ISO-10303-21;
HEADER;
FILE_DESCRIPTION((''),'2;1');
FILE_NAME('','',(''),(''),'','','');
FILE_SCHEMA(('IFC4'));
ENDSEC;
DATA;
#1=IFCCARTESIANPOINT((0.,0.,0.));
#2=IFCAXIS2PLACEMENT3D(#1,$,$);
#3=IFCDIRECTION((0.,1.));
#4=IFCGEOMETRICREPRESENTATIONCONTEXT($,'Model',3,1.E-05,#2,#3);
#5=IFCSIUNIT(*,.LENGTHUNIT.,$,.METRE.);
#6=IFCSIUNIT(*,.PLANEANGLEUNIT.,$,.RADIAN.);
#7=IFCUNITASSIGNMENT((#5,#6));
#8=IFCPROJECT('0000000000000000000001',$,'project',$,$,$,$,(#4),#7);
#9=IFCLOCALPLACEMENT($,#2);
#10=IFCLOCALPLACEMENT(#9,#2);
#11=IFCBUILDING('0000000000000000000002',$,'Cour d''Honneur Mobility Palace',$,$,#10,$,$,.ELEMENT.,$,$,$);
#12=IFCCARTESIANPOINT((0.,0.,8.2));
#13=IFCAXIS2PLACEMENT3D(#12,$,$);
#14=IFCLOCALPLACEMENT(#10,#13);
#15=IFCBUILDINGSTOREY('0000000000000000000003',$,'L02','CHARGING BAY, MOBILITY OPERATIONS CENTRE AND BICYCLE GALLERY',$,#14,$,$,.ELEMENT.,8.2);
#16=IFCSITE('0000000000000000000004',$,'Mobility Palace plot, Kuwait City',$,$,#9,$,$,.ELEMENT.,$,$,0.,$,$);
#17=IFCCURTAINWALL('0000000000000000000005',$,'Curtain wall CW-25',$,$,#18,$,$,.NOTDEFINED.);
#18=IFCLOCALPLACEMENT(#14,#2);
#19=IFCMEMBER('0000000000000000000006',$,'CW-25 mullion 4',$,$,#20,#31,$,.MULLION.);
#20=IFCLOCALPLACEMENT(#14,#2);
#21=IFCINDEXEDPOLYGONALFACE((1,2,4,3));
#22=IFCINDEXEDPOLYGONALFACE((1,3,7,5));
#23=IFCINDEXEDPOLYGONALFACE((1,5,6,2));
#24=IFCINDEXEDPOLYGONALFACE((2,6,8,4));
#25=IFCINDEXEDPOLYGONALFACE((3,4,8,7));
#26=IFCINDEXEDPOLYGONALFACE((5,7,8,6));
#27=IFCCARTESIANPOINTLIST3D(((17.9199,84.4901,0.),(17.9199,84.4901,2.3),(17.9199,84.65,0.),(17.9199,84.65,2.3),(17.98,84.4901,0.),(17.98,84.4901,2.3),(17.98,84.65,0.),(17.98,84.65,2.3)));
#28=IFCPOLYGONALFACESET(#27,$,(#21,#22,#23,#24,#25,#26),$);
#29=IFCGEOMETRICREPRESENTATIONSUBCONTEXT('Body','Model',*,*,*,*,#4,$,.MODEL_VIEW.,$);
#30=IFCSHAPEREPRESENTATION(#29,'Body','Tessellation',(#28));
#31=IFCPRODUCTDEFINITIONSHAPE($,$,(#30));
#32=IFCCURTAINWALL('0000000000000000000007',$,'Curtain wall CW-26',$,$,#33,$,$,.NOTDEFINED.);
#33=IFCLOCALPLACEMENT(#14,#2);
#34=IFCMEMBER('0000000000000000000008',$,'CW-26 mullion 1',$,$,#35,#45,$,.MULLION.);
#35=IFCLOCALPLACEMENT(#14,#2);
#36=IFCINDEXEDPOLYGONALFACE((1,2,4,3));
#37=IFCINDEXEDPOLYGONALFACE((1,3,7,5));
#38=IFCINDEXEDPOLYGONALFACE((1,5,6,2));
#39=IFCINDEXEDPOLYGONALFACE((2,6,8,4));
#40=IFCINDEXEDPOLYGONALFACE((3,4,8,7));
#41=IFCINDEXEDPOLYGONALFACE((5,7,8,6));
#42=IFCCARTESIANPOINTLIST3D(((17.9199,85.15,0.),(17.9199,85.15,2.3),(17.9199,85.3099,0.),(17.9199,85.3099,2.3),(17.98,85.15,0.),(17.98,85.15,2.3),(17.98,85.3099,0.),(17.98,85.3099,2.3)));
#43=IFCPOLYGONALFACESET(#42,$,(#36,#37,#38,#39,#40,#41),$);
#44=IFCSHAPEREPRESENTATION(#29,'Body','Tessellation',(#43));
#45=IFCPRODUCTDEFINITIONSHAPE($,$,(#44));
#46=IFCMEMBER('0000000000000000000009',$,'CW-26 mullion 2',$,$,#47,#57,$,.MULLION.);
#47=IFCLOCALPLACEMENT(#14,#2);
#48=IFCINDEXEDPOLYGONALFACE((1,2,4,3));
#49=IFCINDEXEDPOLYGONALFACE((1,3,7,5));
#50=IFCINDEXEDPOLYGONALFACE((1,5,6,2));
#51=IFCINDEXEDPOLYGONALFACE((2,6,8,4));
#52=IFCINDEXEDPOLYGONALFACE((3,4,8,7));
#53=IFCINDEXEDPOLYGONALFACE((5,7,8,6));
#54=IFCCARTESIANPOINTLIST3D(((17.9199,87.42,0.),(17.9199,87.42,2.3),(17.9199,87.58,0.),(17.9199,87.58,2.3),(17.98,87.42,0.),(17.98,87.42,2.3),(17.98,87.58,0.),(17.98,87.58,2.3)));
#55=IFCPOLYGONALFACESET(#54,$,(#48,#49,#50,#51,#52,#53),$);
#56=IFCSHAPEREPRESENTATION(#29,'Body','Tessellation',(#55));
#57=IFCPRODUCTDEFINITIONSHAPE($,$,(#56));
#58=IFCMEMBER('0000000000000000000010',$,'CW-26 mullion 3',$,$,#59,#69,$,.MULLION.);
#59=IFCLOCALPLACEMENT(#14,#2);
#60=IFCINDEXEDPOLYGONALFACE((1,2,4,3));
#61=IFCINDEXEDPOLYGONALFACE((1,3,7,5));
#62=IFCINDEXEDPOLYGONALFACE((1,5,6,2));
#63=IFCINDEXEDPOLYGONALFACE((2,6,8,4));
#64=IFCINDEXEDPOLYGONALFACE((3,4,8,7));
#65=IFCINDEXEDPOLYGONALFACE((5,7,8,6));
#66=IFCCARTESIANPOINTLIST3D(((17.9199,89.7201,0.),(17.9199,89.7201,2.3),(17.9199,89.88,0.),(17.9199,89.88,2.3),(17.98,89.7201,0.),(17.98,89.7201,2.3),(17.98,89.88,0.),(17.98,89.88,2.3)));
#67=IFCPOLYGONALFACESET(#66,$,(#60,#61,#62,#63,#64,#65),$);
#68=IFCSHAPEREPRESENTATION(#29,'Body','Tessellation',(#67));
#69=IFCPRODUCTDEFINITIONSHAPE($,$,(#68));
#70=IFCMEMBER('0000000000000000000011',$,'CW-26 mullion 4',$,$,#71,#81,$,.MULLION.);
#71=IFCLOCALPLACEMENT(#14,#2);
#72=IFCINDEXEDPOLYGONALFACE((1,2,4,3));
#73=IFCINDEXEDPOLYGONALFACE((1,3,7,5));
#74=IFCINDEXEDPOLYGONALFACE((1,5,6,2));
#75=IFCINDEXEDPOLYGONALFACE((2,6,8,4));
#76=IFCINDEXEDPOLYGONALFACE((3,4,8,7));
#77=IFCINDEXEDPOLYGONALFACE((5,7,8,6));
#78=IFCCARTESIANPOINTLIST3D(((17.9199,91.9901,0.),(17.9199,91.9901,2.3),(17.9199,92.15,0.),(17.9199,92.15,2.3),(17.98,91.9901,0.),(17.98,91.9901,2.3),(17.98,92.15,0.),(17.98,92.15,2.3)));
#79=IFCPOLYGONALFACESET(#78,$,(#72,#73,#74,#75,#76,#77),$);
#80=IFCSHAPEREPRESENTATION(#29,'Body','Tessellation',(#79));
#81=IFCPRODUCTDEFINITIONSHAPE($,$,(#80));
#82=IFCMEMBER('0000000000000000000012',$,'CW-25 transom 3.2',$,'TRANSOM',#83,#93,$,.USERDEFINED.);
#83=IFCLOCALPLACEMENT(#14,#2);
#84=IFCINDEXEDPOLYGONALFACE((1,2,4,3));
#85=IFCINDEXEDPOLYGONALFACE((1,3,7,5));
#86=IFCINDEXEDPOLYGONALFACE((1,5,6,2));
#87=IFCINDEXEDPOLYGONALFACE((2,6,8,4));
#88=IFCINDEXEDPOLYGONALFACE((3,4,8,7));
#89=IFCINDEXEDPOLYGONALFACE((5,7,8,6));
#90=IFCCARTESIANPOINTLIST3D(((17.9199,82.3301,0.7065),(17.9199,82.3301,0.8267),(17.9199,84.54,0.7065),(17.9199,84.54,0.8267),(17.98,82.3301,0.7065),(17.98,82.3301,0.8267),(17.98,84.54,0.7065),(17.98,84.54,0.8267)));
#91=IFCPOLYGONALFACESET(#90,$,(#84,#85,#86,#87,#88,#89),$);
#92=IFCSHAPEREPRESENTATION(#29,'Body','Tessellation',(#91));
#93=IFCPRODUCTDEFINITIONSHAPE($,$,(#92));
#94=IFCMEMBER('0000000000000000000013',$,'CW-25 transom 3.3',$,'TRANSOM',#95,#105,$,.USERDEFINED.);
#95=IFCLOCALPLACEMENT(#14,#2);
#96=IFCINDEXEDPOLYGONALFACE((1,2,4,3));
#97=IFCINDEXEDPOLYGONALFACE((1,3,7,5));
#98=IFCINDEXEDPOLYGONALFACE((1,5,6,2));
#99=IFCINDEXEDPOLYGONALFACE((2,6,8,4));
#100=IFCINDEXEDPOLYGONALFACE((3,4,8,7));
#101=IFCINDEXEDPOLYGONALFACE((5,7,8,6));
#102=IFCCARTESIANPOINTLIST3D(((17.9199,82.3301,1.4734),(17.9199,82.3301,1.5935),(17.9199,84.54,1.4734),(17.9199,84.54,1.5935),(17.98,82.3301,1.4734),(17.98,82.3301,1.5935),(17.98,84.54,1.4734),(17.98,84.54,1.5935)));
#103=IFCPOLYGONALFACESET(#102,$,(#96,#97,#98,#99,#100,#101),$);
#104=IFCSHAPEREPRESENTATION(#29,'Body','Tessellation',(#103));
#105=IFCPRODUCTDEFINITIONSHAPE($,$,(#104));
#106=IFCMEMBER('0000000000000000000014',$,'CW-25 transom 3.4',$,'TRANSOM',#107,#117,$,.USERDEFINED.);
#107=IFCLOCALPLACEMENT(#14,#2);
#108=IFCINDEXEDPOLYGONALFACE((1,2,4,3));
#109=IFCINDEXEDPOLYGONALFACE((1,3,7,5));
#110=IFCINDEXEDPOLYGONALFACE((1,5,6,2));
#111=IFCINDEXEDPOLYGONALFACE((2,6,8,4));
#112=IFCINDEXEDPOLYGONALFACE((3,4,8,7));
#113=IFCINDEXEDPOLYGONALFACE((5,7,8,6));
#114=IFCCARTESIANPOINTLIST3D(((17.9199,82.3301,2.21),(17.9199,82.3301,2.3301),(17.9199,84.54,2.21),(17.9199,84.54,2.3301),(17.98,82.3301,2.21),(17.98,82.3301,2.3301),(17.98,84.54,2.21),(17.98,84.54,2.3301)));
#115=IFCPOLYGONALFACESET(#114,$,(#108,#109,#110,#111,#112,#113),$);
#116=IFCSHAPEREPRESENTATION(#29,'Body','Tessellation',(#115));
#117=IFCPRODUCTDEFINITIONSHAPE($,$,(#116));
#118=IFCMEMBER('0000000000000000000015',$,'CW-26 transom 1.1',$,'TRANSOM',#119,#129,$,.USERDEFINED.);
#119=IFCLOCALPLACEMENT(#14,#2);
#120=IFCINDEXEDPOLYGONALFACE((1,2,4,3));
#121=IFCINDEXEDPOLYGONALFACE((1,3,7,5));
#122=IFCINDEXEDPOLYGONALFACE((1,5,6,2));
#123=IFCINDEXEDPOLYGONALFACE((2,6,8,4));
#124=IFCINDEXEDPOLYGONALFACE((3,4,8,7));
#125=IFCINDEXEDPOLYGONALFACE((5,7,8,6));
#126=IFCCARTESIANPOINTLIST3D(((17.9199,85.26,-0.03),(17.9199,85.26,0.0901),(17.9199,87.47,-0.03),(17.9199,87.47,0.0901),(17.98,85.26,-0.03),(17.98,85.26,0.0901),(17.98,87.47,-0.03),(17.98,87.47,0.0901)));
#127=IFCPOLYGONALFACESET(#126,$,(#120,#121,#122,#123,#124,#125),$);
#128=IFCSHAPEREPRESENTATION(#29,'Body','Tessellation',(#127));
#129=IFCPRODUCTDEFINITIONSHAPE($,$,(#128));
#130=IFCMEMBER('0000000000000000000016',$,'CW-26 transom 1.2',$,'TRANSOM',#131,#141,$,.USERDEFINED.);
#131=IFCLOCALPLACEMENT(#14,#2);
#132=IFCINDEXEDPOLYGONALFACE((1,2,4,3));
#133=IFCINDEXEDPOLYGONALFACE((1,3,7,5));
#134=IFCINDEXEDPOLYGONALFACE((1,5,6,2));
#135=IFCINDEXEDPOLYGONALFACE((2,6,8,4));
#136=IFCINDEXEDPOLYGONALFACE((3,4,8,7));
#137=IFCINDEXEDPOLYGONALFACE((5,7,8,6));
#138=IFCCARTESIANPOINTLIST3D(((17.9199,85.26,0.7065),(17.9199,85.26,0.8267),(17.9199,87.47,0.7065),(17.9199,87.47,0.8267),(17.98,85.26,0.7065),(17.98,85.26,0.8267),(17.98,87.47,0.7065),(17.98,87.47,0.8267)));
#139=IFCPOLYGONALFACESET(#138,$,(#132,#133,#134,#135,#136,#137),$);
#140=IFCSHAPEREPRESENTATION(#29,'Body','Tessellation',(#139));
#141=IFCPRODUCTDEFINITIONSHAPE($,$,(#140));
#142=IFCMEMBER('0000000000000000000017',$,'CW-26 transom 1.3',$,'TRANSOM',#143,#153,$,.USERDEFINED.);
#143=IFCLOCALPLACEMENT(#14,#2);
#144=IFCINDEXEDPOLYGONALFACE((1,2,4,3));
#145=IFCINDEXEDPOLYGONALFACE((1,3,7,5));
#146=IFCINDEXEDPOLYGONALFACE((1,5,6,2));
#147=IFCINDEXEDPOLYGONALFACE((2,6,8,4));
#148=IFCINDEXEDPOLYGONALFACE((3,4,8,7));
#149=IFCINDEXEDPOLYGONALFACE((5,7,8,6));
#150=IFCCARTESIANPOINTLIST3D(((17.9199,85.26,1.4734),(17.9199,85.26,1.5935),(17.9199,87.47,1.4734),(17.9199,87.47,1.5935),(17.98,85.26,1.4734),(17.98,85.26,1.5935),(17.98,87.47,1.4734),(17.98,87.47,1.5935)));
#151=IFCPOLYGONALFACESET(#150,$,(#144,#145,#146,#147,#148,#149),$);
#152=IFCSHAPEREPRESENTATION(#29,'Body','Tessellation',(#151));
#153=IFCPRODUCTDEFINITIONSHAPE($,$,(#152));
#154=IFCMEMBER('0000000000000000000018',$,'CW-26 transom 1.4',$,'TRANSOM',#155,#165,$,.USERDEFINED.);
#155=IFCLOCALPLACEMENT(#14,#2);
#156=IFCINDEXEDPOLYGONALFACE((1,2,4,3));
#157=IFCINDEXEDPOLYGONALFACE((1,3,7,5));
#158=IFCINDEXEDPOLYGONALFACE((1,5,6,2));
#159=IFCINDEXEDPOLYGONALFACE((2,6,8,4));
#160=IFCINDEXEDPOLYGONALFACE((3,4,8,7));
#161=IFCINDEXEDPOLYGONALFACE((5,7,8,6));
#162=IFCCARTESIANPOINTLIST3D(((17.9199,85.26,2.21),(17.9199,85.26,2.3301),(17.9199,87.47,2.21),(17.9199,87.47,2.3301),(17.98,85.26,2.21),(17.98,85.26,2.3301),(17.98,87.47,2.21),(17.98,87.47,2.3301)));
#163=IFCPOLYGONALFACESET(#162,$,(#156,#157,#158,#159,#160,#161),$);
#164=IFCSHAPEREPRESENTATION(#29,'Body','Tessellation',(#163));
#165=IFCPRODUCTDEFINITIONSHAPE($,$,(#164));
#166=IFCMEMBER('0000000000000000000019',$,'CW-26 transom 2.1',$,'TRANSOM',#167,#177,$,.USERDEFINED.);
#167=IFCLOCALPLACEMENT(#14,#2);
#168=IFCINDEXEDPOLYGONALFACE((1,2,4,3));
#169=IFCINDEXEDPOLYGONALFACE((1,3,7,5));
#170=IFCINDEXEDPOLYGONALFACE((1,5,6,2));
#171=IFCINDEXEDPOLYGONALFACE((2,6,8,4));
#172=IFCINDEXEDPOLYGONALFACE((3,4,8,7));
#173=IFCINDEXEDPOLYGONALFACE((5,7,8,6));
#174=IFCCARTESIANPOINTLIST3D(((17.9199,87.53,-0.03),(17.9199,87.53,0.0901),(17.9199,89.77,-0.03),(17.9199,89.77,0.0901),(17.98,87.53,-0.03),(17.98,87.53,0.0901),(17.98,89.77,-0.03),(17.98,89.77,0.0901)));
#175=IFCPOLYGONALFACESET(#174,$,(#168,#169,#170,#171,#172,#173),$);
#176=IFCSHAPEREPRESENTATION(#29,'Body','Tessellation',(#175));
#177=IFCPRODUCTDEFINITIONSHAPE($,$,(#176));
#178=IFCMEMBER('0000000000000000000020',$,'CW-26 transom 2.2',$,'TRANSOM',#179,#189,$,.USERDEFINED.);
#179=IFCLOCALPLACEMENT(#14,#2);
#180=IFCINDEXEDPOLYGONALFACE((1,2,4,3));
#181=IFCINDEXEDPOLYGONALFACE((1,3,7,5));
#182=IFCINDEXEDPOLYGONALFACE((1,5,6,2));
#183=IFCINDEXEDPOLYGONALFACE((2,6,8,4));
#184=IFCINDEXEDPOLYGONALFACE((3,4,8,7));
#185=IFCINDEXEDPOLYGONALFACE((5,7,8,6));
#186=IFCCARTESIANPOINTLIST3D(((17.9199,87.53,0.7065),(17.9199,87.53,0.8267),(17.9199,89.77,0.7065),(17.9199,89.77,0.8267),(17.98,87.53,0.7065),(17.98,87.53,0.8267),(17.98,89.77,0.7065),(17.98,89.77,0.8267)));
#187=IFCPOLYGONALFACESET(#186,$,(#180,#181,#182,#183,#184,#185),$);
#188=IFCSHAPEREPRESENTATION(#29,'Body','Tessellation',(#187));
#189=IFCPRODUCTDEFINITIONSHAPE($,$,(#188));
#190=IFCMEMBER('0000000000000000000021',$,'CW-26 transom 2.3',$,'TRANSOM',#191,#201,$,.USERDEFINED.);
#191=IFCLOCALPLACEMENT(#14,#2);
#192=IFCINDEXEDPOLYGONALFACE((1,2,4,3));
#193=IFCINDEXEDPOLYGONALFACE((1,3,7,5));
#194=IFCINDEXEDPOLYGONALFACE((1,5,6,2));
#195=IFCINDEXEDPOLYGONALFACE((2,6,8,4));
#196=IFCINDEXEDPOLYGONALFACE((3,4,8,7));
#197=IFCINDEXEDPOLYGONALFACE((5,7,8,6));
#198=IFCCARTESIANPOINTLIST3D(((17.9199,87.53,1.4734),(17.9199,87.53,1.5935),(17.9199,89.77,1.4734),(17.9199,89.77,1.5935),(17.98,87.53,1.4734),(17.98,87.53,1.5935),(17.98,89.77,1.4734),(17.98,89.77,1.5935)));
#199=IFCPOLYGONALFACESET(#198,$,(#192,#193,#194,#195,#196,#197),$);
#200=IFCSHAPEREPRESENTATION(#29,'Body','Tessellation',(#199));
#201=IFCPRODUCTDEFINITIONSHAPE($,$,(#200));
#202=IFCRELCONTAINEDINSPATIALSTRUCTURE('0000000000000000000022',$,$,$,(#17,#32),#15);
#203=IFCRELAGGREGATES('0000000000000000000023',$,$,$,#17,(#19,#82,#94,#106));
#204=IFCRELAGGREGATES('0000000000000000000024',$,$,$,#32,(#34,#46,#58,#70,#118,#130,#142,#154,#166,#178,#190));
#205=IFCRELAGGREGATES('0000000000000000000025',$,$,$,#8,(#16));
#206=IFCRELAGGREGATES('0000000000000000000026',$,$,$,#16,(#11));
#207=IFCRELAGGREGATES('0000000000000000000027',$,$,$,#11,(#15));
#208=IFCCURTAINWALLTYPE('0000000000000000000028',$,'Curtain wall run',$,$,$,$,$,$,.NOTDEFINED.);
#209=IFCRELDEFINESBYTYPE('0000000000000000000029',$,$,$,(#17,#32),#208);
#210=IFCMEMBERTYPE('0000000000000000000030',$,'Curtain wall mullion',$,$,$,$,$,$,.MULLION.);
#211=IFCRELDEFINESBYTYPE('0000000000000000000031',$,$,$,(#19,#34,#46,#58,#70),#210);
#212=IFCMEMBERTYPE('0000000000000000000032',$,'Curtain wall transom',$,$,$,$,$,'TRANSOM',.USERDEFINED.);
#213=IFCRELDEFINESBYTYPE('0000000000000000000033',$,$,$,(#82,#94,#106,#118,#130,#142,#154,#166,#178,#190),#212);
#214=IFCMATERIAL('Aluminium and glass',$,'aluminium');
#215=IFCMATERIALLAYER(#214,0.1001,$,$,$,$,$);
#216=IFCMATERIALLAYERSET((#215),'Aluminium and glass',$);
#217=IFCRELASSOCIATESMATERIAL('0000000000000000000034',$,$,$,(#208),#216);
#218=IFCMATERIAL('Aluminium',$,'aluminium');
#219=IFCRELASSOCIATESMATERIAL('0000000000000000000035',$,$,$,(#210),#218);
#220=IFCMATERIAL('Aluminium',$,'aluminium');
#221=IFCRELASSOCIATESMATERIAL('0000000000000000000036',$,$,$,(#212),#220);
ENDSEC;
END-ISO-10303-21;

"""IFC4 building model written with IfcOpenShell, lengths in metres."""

from ifc_helpers import new_model, si_unit, direction, frame, origin, origin_2d, place, context, subcontext, project, spatial, rectangle, extrude, material, layer, layer_set, material_profile, profile_set, type_object, element, aggregate, save


model = new_model("IFC4")

# Units and contexts
model_context = context("Model", 3, precision=1e-05, world=origin(), true_north=direction((0.0, 1.0)))
body_context = subcontext(model_context, "Body", "Model", "MODEL_VIEW")
ifc_project = project(units=[si_unit("LENGTHUNIT", "METRE"), si_unit("PLANEANGLEUNIT", "RADIAN")], contexts=[model_context])

# Site, building, storey
site_placement = place(None, origin())
site = spatial("IfcSite", under=ifc_project, at=site_placement, Name="Mobility Palace plot, Kuwait City", CompositionType="ELEMENT", RefElevation=0.0)
building_placement = place(site_placement, origin())
building = spatial("IfcBuilding", under=site, at=building_placement, Name="Cour d'Honneur Mobility Palace", CompositionType="ELEMENT")
storey_placement = place(building_placement, frame((0.0, 0.0, 8.2)))
storey = spatial("IfcBuildingStorey", under=building, at=storey_placement, Name="L02", Description="CHARGING BAY, MOBILITY OPERATIONS CENTRE AND BICYCLE GALLERY", CompositionType="ELEMENT", Elevation=8.2)

# Curtain wall, member
ifc_material_1 = material(Name="Aluminium and glass", Category="aluminium")
ifc_layer_1 = layer(ifc_material_1, 0.1001)
ifc_layer_set_1 = layer_set([ifc_layer_1], Name="Aluminium and glass")
curtain_wall_type = type_object("IfcCurtainWallType", Name="Curtain wall run", PredefinedType="NOTDEFINED", material=ifc_layer_set_1)
curtain_wall_1_placement = place(storey_placement, origin())
curtain_wall_1 = element("IfcCurtainWall", 1, at=curtain_wall_1_placement, inside=storey, type_object=curtain_wall_type, Name="Curtain wall CW-25", PredefinedType="NOTDEFINED")
ifc_material_2 = material(Name="Aluminium", Category="aluminium")
ifc_material_profile_1 = material_profile(ifc_material_2, rectangle(XDim=0.0601, YDim=0.1599, at=origin_2d()), Name="Curtain wall mullion")
ifc_profile_set_1 = profile_set([ifc_material_profile_1], Name="Aluminium")
member_type_1 = type_object("IfcMemberType", Name="Curtain wall mullion", PredefinedType="MULLION", material=ifc_profile_set_1)
member_1_placement = place(storey_placement, frame((17.95, 84.5701, 0.0), z_axis=(0.0, 0.0, 1.0), x_axis=(-1.0, 0.0, 0.0)))
member_1 = element("IfcMember", 2, at=member_1_placement, type_object=member_type_1, Name="CW-25 mullion 4", PredefinedType="MULLION", context=body_context, shape_type="SweptSolid", body=[
    extrude(rectangle(XDim=0.0601, YDim=0.1599, at=origin_2d()), origin(), (0.0, 0.0, 1.0), 2.3),
])

# Curtain wall, members
curtain_wall_2_placement = place(storey_placement, origin())
curtain_wall_2 = element("IfcCurtainWall", 3, at=curtain_wall_2_placement, inside=storey, type_object=curtain_wall_type, Name="Curtain wall CW-26", PredefinedType="NOTDEFINED")
member_2_placement = place(storey_placement, frame((17.95, 85.23, 0.0), z_axis=(0.0, 0.0, 1.0), x_axis=(-1.0, 0.0, 0.0)))
member_2 = element("IfcMember", 4, at=member_2_placement, type_object=member_type_1, Name="CW-26 mullion 1", PredefinedType="MULLION", context=body_context, shape_type="SweptSolid", body=[
    extrude(rectangle(XDim=0.0601, YDim=0.1599, at=origin_2d()), origin(), (0.0, 0.0, 1.0), 2.3),
])
member_3_placement = place(storey_placement, frame((17.95, 87.5, 0.0), z_axis=(0.0, 0.0, 1.0), x_axis=(-1.0, 0.0, 0.0)))
member_3 = element("IfcMember", 5, at=member_3_placement, type_object=member_type_1, Name="CW-26 mullion 2", PredefinedType="MULLION", context=body_context, shape_type="SweptSolid", body=[
    extrude(rectangle(XDim=0.0601, YDim=0.1599, at=origin_2d()), origin(), (0.0, 0.0, 1.0), 2.3),
])
member_4_placement = place(storey_placement, frame((17.95, 89.8, 0.0), z_axis=(0.0, 0.0, 1.0), x_axis=(-1.0, 0.0, 0.0)))
member_4 = element("IfcMember", 6, at=member_4_placement, type_object=member_type_1, Name="CW-26 mullion 3", PredefinedType="MULLION", context=body_context, shape_type="SweptSolid", body=[
    extrude(rectangle(XDim=0.0601, YDim=0.1599, at=origin_2d()), origin(), (0.0, 0.0, 1.0), 2.3),
])
member_5_placement = place(storey_placement, frame((17.95, 92.0701, 0.0), z_axis=(0.0, 0.0, 1.0), x_axis=(-1.0, 0.0, 0.0)))
member_5 = element("IfcMember", 7, at=member_5_placement, type_object=member_type_1, Name="CW-26 mullion 4", PredefinedType="MULLION", context=body_context, shape_type="SweptSolid", body=[
    extrude(rectangle(XDim=0.0601, YDim=0.1599, at=origin_2d()), origin(), (0.0, 0.0, 1.0), 2.3),
])

# Members
ifc_material_3 = material(Name="Aluminium", Category="aluminium")
ifc_material_profile_2 = material_profile(ifc_material_3, rectangle(XDim=0.0601, YDim=0.1201, at=origin_2d()), Name="Curtain wall transom")
ifc_profile_set_2 = profile_set([ifc_material_profile_2], Name="Aluminium")
member_type_2 = type_object("IfcMemberType", Name="Curtain wall transom", ElementType="TRANSOM", PredefinedType="USERDEFINED", material=ifc_profile_set_2)
member_6_placement = place(storey_placement, frame((17.95, 82.3301, 0.7666), z_axis=(0.0, 1.0, 0.0), x_axis=(-1.0, 0.0, 0.0)))
member_6 = element("IfcMember", 8, at=member_6_placement, type_object=member_type_2, Name="CW-25 transom 3.2", ObjectType="TRANSOM", PredefinedType="USERDEFINED", context=body_context, shape_type="SweptSolid", body=[
    extrude(rectangle(XDim=0.0601, YDim=0.1201, at=origin_2d()), origin(), (0.0, 0.0, 1.0), 2.21),
])
member_7_placement = place(storey_placement, frame((17.95, 82.3301, 1.5334), z_axis=(0.0, 1.0, 0.0), x_axis=(-1.0, 0.0, 0.0)))
member_7 = element("IfcMember", 9, at=member_7_placement, type_object=member_type_2, Name="CW-25 transom 3.3", ObjectType="TRANSOM", PredefinedType="USERDEFINED", context=body_context, shape_type="SweptSolid", body=[
    extrude(rectangle(XDim=0.0601, YDim=0.1201, at=origin_2d()), origin(), (0.0, 0.0, 1.0), 2.21),
])
member_8_placement = place(storey_placement, frame((17.95, 82.3301, 2.27), z_axis=(0.0, 1.0, 0.0), x_axis=(-1.0, 0.0, 0.0)))
member_8 = element("IfcMember", 10, at=member_8_placement, type_object=member_type_2, Name="CW-25 transom 3.4", ObjectType="TRANSOM", PredefinedType="USERDEFINED", context=body_context, shape_type="SweptSolid", body=[
    extrude(rectangle(XDim=0.0601, YDim=0.1201, at=origin_2d()), origin(), (0.0, 0.0, 1.0), 2.21),
])
member_9_placement = place(storey_placement, frame((17.95, 85.26, 0.03), z_axis=(0.0, 1.0, 0.0), x_axis=(-1.0, 0.0, 0.0)))
member_9 = element("IfcMember", 11, at=member_9_placement, type_object=member_type_2, Name="CW-26 transom 1.1", ObjectType="TRANSOM", PredefinedType="USERDEFINED", context=body_context, shape_type="SweptSolid", body=[
    extrude(rectangle(XDim=0.0601, YDim=0.1201, at=origin_2d()), origin(), (0.0, 0.0, 1.0), 2.21),
])
member_10_placement = place(storey_placement, frame((17.95, 85.26, 0.7666), z_axis=(0.0, 1.0, 0.0), x_axis=(-1.0, 0.0, 0.0)))
member_10 = element("IfcMember", 12, at=member_10_placement, type_object=member_type_2, Name="CW-26 transom 1.2", ObjectType="TRANSOM", PredefinedType="USERDEFINED", context=body_context, shape_type="SweptSolid", body=[
    extrude(rectangle(XDim=0.0601, YDim=0.1201, at=origin_2d()), origin(), (0.0, 0.0, 1.0), 2.21),
])
member_11_placement = place(storey_placement, frame((17.95, 85.26, 1.5334), z_axis=(0.0, 1.0, 0.0), x_axis=(-1.0, 0.0, 0.0)))
member_11 = element("IfcMember", 13, at=member_11_placement, type_object=member_type_2, Name="CW-26 transom 1.3", ObjectType="TRANSOM", PredefinedType="USERDEFINED", context=body_context, shape_type="SweptSolid", body=[
    extrude(rectangle(XDim=0.0601, YDim=0.1201, at=origin_2d()), origin(), (0.0, 0.0, 1.0), 2.21),
])
member_12_placement = place(storey_placement, frame((17.95, 85.26, 2.27), z_axis=(0.0, 1.0, 0.0), x_axis=(-1.0, 0.0, 0.0)))
member_12 = element("IfcMember", 14, at=member_12_placement, type_object=member_type_2, Name="CW-26 transom 1.4", ObjectType="TRANSOM", PredefinedType="USERDEFINED", context=body_context, shape_type="SweptSolid", body=[
    extrude(rectangle(XDim=0.0601, YDim=0.1201, at=origin_2d()), origin(), (0.0, 0.0, 1.0), 2.21),
])
member_13_placement = place(storey_placement, frame((17.95, 87.53, 0.03), z_axis=(0.0, 1.0, 0.0), x_axis=(-1.0, 0.0, 0.0)))
member_13 = element("IfcMember", 15, at=member_13_placement, type_object=member_type_2, Name="CW-26 transom 2.1", ObjectType="TRANSOM", PredefinedType="USERDEFINED", context=body_context, shape_type="SweptSolid", body=[
    extrude(rectangle(XDim=0.0601, YDim=0.1201, at=origin_2d()), origin(), (0.0, 0.0, 1.0), 2.24),
])
member_14_placement = place(storey_placement, frame((17.95, 87.53, 0.7666), z_axis=(0.0, 1.0, 0.0), x_axis=(-1.0, 0.0, 0.0)))
member_14 = element("IfcMember", 16, at=member_14_placement, type_object=member_type_2, Name="CW-26 transom 2.2", ObjectType="TRANSOM", PredefinedType="USERDEFINED", context=body_context, shape_type="SweptSolid", body=[
    extrude(rectangle(XDim=0.0601, YDim=0.1201, at=origin_2d()), origin(), (0.0, 0.0, 1.0), 2.24),
])
member_15_placement = place(storey_placement, frame((17.95, 87.53, 1.5334), z_axis=(0.0, 1.0, 0.0), x_axis=(-1.0, 0.0, 0.0)))
member_15 = element("IfcMember", 17, at=member_15_placement, type_object=member_type_2, Name="CW-26 transom 2.3", ObjectType="TRANSOM", PredefinedType="USERDEFINED", context=body_context, shape_type="SweptSolid", body=[
    extrude(rectangle(XDim=0.0601, YDim=0.1201, at=origin_2d()), origin(), (0.0, 0.0, 1.0), 2.24),
])

aggregate(curtain_wall_1, [member_1, member_6, member_7, member_8])
aggregate(curtain_wall_2, [member_2, member_3, member_4, member_5, member_9, member_10, member_11, member_12, member_13, member_14, member_15])

save(model, "model.ifc")
